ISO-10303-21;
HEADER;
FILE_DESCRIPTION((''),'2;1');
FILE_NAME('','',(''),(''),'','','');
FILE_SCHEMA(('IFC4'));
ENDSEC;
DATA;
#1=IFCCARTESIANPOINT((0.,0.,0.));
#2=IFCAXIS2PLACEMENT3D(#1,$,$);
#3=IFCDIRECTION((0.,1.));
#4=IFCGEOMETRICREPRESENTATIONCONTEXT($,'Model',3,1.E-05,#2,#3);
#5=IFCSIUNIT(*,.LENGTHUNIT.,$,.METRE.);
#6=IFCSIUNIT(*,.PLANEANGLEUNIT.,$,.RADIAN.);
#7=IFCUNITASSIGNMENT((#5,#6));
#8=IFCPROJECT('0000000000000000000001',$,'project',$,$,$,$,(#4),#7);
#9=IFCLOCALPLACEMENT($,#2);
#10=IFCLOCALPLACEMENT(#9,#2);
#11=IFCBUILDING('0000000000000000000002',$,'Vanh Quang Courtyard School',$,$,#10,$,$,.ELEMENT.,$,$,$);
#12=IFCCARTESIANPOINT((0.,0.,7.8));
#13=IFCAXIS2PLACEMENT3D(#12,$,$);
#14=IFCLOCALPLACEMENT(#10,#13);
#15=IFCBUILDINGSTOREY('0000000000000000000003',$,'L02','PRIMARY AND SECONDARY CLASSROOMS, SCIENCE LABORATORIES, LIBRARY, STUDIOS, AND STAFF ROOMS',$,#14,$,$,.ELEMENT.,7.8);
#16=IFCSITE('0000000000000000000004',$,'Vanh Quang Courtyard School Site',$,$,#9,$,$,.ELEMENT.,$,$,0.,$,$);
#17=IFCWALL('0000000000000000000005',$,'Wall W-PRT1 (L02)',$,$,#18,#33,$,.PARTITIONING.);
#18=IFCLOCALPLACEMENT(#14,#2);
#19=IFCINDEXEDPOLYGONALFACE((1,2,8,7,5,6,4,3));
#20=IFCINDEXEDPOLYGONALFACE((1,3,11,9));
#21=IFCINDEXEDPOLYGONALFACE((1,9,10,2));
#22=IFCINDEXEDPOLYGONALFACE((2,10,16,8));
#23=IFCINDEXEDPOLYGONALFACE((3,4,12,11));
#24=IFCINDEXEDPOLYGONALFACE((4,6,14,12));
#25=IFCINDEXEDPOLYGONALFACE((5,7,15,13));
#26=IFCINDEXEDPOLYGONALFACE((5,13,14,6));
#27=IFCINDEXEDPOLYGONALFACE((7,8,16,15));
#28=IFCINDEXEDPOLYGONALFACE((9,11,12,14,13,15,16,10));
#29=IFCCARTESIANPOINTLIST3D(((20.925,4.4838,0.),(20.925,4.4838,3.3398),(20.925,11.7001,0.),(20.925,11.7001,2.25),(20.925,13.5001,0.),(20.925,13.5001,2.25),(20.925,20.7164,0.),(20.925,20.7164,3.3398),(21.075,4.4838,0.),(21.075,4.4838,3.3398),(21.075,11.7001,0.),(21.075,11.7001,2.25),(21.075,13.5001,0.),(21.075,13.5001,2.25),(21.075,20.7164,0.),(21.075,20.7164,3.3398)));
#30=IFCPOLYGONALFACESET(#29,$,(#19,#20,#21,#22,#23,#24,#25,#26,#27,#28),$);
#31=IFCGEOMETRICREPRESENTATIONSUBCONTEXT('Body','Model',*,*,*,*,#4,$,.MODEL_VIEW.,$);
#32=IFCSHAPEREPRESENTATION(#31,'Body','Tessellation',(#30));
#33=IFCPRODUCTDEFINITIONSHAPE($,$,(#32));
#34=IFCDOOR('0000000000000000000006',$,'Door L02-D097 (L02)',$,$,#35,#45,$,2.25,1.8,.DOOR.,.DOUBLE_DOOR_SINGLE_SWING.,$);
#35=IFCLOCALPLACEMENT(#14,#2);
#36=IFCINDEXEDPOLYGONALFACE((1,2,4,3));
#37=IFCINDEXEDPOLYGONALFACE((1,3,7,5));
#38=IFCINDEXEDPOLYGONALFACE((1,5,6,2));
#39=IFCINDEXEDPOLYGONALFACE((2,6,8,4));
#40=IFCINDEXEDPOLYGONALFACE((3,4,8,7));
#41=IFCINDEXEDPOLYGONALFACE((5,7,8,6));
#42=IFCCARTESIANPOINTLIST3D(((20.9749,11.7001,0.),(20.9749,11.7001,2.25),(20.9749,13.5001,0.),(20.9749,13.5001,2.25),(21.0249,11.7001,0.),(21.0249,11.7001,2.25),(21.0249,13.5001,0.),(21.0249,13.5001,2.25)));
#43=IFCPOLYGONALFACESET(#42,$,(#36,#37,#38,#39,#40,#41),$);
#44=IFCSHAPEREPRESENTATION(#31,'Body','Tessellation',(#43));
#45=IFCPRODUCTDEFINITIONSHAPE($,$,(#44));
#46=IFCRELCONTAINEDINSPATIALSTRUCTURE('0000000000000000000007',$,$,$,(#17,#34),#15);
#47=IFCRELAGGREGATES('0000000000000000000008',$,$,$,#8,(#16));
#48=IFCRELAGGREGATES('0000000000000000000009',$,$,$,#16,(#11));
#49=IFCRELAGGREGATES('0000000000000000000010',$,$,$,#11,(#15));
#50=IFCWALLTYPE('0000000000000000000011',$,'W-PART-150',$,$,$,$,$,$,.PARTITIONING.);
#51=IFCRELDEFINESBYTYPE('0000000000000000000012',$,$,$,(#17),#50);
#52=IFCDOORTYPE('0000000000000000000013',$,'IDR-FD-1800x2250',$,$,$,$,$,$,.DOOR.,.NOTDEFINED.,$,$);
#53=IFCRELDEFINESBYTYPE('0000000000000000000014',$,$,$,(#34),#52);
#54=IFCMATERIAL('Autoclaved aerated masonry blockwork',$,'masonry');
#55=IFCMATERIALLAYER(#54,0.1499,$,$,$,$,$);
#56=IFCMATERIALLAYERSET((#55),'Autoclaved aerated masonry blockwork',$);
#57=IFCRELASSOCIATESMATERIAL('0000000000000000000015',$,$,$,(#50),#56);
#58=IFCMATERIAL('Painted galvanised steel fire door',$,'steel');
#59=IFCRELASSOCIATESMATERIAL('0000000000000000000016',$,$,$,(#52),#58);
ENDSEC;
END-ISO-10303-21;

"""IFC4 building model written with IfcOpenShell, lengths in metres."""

from ifc_helpers import new_model, si_unit, direction, frame, frame_2d, origin, place, context, subcontext, project, spatial, rectangle, extrude, material, layer, layer_set, type_object, element, fill, save


model = new_model("IFC4")

# Units and contexts
model_context = context("Model", 3, precision=1e-05, world=origin(), true_north=direction((0.0, 1.0)))
body_context = subcontext(model_context, "Body", "Model", "MODEL_VIEW")
ifc_project = project(units=[si_unit("LENGTHUNIT", "METRE"), si_unit("PLANEANGLEUNIT", "RADIAN")], contexts=[model_context])

# Site, building, storey
site_placement = place(None, origin())
site = spatial("IfcSite", under=ifc_project, at=site_placement, Name="Vanh Quang Courtyard School Site", CompositionType="ELEMENT", RefElevation=0.0)
building_placement = place(site_placement, origin())
building = spatial("IfcBuilding", under=site, at=building_placement, Name="Vanh Quang Courtyard School", CompositionType="ELEMENT")
storey_placement = place(building_placement, frame((0.0, 0.0, 7.8)))
storey = spatial("IfcBuildingStorey", under=building, at=storey_placement, Name="L02", Description="PRIMARY AND SECONDARY CLASSROOMS, SCIENCE LABORATORIES, LIBRARY, STUDIOS, AND STAFF ROOMS", CompositionType="ELEMENT", Elevation=7.8)

# Wall, opening, door
ifc_material_1 = material(Name="Autoclaved aerated masonry blockwork", Category="masonry")
ifc_layer_1 = layer(ifc_material_1, 0.1499)
ifc_layer_set_1 = layer_set([ifc_layer_1], Name="Autoclaved aerated masonry blockwork")
wall_type = type_object("IfcWallType", Name="W-PART-150", PredefinedType="PARTITIONING", material=ifc_layer_set_1)
wall_placement = place(storey_placement, frame((21.0, 20.7163, 0.0), z_axis=(0.0, 0.0, 1.0), x_axis=(0.0, -1.0, 0.0)))
wall = element("IfcWall", 1, at=wall_placement, inside=storey, type_object=wall_type, Name="Wall W-PRT1 (L02)", PredefinedType="PARTITIONING", context=body_context, shape_type="SweptSolid", body=[
    extrude(rectangle(XDim=16.2327, YDim=0.1499, at=frame_2d((8.1162, 0.0))), origin(), (0.0, 0.0, 1.0), 3.3398),
])
opening_placement = place(wall_placement, frame((7.2163, 0.0, 0.0)))
opening = element("IfcOpeningElement", 2, at=opening_placement, cuts=wall, PredefinedType="OPENING", context=body_context, shape_type="SweptSolid", body=[
    extrude(rectangle(XDim=1.8, YDim=2.25, at=frame_2d((0.8999, 1.125))), frame((0.0, 0.085, 0.0), z_axis=(0.0, -1.0, 0.0), x_axis=(1.0, 0.0, 0.0)), (0.0, 0.0, 1.0), 0.1699),
])
ifc_material_2 = material(Name="Painted galvanised steel fire door", Category="steel")
door_type = type_object("IfcDoorType", Name="IDR-FD-1800x2250", OperationType="NOTDEFINED", PredefinedType="DOOR", material=ifc_material_2)
door_placement = place(opening_placement, origin())
door = element("IfcDoor", 3, at=door_placement, inside=storey, type_object=door_type, Name="Door L02-D097 (L02)", OperationType="DOUBLE_DOOR_SINGLE_SWING", OverallHeight=2.25, OverallWidth=1.8, PredefinedType="DOOR", context=body_context, shape_type="SweptSolid", body=[
    extrude(rectangle(XDim=1.8, YDim=2.25, at=frame_2d((0.8999, 1.125))), frame((0.0, 0.0249, 0.0), z_axis=(0.0, -1.0, 0.0), x_axis=(1.0, 0.0, 0.0)), (0.0, 0.0, 1.0), 0.05),
])
fill(opening, door)

save(model, "model.ifc")
